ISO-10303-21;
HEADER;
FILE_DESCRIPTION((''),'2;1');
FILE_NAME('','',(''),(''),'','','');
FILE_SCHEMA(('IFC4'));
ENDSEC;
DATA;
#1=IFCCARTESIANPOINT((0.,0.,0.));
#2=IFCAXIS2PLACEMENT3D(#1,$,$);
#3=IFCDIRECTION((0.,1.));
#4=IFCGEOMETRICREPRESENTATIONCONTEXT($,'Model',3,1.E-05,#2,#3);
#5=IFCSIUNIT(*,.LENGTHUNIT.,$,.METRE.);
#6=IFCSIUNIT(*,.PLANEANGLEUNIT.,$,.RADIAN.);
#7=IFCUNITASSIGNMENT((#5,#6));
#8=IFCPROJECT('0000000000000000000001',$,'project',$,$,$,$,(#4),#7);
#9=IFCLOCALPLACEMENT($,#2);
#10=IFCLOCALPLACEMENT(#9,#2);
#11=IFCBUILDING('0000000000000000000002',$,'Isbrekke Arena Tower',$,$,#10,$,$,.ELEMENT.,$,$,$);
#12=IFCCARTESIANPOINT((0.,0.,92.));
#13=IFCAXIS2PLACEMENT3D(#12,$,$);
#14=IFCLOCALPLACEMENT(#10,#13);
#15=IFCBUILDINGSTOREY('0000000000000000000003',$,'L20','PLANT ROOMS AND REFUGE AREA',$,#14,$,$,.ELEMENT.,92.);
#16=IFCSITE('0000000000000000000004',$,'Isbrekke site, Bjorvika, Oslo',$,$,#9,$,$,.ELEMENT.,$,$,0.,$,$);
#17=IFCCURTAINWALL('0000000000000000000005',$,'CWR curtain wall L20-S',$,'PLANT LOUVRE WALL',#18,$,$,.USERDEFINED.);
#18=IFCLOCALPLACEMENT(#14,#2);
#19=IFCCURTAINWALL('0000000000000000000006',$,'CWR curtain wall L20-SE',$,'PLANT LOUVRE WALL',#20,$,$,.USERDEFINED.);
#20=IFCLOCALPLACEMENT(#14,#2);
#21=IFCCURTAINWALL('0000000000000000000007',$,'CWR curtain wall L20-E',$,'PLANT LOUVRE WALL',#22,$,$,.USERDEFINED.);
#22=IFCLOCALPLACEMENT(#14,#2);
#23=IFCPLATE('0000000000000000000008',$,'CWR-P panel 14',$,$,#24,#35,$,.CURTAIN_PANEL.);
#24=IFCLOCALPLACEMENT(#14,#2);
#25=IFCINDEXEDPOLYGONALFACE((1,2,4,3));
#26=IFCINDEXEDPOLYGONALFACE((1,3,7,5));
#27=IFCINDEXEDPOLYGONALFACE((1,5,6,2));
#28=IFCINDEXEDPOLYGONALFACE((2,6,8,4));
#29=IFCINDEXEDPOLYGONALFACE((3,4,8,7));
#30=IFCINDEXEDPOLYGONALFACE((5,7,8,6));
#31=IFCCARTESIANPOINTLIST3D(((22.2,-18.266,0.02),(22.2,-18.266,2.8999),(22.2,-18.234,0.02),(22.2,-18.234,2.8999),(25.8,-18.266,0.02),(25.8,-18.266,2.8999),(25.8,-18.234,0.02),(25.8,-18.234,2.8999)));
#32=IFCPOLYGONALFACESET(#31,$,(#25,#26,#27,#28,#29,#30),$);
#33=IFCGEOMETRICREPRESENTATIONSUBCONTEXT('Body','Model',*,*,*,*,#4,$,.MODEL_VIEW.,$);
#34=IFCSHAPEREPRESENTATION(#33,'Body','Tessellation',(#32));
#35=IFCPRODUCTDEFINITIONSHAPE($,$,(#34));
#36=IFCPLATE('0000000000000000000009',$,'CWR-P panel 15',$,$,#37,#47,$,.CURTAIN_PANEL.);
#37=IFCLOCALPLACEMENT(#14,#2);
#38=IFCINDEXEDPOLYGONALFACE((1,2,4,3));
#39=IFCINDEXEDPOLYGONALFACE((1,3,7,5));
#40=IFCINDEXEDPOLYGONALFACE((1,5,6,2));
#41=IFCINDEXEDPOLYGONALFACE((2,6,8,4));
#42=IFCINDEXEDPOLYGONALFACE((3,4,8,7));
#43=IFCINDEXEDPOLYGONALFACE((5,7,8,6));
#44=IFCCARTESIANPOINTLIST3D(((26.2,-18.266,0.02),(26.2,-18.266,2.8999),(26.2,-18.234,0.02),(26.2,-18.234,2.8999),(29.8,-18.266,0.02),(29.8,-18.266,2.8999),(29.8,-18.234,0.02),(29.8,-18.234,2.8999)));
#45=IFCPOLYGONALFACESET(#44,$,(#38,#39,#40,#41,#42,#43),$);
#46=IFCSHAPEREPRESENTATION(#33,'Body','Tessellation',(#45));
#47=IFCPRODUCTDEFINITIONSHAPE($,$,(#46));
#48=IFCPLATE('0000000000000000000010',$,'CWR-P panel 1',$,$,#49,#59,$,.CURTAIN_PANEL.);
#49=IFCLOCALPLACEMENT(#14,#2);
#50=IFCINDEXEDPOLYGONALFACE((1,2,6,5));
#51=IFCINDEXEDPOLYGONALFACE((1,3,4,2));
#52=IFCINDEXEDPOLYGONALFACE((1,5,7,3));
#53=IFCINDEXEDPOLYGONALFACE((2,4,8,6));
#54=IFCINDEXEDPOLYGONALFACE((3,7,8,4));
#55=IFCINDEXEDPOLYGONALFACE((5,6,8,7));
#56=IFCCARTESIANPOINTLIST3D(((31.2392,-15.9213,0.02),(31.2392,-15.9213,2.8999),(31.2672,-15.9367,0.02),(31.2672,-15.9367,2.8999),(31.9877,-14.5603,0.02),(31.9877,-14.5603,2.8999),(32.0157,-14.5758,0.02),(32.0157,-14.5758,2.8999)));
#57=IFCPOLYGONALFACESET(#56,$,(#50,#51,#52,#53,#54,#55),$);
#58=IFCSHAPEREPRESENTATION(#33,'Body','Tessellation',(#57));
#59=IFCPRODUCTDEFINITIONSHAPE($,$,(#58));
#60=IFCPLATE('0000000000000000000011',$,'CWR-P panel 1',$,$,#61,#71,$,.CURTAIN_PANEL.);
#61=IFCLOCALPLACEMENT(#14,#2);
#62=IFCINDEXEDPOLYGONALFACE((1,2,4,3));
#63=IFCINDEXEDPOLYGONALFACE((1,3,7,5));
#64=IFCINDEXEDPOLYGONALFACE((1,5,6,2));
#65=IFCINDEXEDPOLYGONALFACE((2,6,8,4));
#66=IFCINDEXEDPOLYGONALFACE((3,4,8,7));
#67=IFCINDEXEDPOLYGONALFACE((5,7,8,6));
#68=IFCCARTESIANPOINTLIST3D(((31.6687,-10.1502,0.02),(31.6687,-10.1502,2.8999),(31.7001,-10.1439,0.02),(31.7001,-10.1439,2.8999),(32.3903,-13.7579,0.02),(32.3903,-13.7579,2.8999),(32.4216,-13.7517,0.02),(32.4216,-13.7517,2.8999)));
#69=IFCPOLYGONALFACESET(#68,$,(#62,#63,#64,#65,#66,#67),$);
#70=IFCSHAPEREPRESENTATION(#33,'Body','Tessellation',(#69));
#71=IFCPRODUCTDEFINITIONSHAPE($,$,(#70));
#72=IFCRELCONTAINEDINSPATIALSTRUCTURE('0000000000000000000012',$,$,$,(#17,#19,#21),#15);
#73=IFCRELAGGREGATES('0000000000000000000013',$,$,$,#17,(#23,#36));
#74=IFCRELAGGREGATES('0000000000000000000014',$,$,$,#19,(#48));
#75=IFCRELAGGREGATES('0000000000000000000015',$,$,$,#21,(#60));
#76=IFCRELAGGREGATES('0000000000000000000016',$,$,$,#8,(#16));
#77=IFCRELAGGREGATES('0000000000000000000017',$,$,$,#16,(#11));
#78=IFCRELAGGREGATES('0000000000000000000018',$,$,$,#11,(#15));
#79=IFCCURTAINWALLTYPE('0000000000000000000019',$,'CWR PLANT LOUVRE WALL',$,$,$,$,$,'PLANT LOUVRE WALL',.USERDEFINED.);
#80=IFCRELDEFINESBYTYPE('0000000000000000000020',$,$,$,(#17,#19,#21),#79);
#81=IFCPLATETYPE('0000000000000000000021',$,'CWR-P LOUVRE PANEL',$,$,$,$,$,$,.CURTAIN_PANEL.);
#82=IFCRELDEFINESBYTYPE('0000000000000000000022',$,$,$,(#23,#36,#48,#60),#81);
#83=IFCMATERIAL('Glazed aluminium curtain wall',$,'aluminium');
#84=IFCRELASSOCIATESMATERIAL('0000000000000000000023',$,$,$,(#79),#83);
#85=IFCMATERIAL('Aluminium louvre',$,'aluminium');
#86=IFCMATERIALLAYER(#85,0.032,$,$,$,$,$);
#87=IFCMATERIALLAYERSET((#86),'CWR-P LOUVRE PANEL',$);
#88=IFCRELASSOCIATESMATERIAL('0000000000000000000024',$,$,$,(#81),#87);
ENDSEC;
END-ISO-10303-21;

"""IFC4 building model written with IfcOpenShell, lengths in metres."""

from ifc_helpers import new_model, si_unit, direction, frame, origin, origin_2d, place, context, subcontext, project, spatial, rectangle, extrude, material, layer, layer_set, type_object, element, aggregate, save


model = new_model("IFC4")

# Units and contexts
model_context = context("Model", 3, precision=1e-05, world=origin(), true_north=direction((0.0, 1.0)))
body_context = subcontext(model_context, "Body", "Model", "MODEL_VIEW")
ifc_project = project(units=[si_unit("LENGTHUNIT", "METRE"), si_unit("PLANEANGLEUNIT", "RADIAN")], contexts=[model_context])

# Site, building, storey
site_placement = place(None, origin())
site = spatial("IfcSite", under=ifc_project, at=site_placement, Name="Isbrekke site, Bjorvika, Oslo", CompositionType="ELEMENT", RefElevation=0.0)
building_placement = place(site_placement, origin())
building = spatial("IfcBuilding", under=site, at=building_placement, Name="Isbrekke Arena Tower", CompositionType="ELEMENT")
storey_placement = place(building_placement, frame((0.0, 0.0, 92.0)))
storey = spatial("IfcBuildingStorey", under=building, at=storey_placement, Name="L20", Description="PLANT ROOMS AND REFUGE AREA", CompositionType="ELEMENT", Elevation=92.0)

# Curtain walls
ifc_material_1 = material(Name="Glazed aluminium curtain wall", Category="aluminium")
curtain_wall_type = type_object("IfcCurtainWallType", Name="CWR PLANT LOUVRE WALL", ElementType="PLANT LOUVRE WALL", PredefinedType="USERDEFINED", material=ifc_material_1)
curtain_wall_1_placement = place(storey_placement, origin())
curtain_wall_1 = element("IfcCurtainWall", 1, at=curtain_wall_1_placement, inside=storey, type_object=curtain_wall_type, Name="CWR curtain wall L20-S", ObjectType="PLANT LOUVRE WALL", PredefinedType="USERDEFINED")
curtain_wall_2_placement = place(storey_placement, origin())
curtain_wall_2 = element("IfcCurtainWall", 2, at=curtain_wall_2_placement, inside=storey, type_object=curtain_wall_type, Name="CWR curtain wall L20-SE", ObjectType="PLANT LOUVRE WALL", PredefinedType="USERDEFINED")

# Curtain wall
curtain_wall_3_placement = place(storey_placement, origin())
curtain_wall_3 = element("IfcCurtainWall", 3, at=curtain_wall_3_placement, inside=storey, type_object=curtain_wall_type, Name="CWR curtain wall L20-E", ObjectType="PLANT LOUVRE WALL", PredefinedType="USERDEFINED")

# Plates
ifc_material_2 = material(Name="Aluminium louvre", Category="aluminium")
ifc_layer = layer(ifc_material_2, 0.032)
ifc_layer_set = layer_set([ifc_layer], Name="CWR-P LOUVRE PANEL")
plate_type = type_object("IfcPlateType", Name="CWR-P LOUVRE PANEL", PredefinedType="CURTAIN_PANEL", material=ifc_layer_set)
plate_1_placement = place(storey_placement, frame((24.0, -18.25, 0.02), z_axis=(0.0, 0.0, 1.0), x_axis=(1.0, 0.0, 0.0)))
plate_1 = element("IfcPlate", 4, at=plate_1_placement, type_object=plate_type, Name="CWR-P panel 14", PredefinedType="CURTAIN_PANEL", context=body_context, shape_type="SweptSolid", body=[
    extrude(rectangle(XDim=3.6001, YDim=0.032, at=origin_2d()), origin(), (0.0, 0.0, 1.0), 2.8799),
])
plate_2_placement = place(storey_placement, frame((28.0, -18.25, 0.02), z_axis=(0.0, 0.0, 1.0), x_axis=(1.0, 0.0, 0.0)))
plate_2 = element("IfcPlate", 5, at=plate_2_placement, type_object=plate_type, Name="CWR-P panel 15", PredefinedType="CURTAIN_PANEL", context=body_context, shape_type="SweptSolid", body=[
    extrude(rectangle(XDim=3.6001, YDim=0.032, at=origin_2d()), origin(), (0.0, 0.0, 1.0), 2.8799),
])
aggregate(curtain_wall_1, [plate_1, plate_2])
plate_3_placement = place(storey_placement, frame((31.6274, -15.2485, 0.02), z_axis=(0.0, 0.0, 1.0), x_axis=(0.481919, 0.876216, 0.0)))
plate_3 = element("IfcPlate", 6, at=plate_3_placement, type_object=plate_type, Name="CWR-P panel 1", PredefinedType="CURTAIN_PANEL", context=body_context, shape_type="SweptSolid", body=[
    extrude(rectangle(XDim=1.5532, YDim=0.032, at=origin_2d()), origin(), (0.0, 0.0, 1.0), 2.8799),
])
aggregate(curtain_wall_2, [plate_3])
plate_4_placement = place(storey_placement, frame((32.0452, -11.9509, 0.02), z_axis=(0.0, 0.0, 1.0), x_axis=(-0.196116, 0.980581, 0.0)))
plate_4 = element("IfcPlate", 7, at=plate_4_placement, type_object=plate_type, Name="CWR-P panel 1", PredefinedType="CURTAIN_PANEL", context=body_context, shape_type="SweptSolid", body=[
    extrude(rectangle(XDim=3.6792, YDim=0.032, at=origin_2d()), origin(), (0.0, 0.0, 1.0), 2.8799),
])
aggregate(curtain_wall_3, [plate_4])

save(model, "model.ifc")
